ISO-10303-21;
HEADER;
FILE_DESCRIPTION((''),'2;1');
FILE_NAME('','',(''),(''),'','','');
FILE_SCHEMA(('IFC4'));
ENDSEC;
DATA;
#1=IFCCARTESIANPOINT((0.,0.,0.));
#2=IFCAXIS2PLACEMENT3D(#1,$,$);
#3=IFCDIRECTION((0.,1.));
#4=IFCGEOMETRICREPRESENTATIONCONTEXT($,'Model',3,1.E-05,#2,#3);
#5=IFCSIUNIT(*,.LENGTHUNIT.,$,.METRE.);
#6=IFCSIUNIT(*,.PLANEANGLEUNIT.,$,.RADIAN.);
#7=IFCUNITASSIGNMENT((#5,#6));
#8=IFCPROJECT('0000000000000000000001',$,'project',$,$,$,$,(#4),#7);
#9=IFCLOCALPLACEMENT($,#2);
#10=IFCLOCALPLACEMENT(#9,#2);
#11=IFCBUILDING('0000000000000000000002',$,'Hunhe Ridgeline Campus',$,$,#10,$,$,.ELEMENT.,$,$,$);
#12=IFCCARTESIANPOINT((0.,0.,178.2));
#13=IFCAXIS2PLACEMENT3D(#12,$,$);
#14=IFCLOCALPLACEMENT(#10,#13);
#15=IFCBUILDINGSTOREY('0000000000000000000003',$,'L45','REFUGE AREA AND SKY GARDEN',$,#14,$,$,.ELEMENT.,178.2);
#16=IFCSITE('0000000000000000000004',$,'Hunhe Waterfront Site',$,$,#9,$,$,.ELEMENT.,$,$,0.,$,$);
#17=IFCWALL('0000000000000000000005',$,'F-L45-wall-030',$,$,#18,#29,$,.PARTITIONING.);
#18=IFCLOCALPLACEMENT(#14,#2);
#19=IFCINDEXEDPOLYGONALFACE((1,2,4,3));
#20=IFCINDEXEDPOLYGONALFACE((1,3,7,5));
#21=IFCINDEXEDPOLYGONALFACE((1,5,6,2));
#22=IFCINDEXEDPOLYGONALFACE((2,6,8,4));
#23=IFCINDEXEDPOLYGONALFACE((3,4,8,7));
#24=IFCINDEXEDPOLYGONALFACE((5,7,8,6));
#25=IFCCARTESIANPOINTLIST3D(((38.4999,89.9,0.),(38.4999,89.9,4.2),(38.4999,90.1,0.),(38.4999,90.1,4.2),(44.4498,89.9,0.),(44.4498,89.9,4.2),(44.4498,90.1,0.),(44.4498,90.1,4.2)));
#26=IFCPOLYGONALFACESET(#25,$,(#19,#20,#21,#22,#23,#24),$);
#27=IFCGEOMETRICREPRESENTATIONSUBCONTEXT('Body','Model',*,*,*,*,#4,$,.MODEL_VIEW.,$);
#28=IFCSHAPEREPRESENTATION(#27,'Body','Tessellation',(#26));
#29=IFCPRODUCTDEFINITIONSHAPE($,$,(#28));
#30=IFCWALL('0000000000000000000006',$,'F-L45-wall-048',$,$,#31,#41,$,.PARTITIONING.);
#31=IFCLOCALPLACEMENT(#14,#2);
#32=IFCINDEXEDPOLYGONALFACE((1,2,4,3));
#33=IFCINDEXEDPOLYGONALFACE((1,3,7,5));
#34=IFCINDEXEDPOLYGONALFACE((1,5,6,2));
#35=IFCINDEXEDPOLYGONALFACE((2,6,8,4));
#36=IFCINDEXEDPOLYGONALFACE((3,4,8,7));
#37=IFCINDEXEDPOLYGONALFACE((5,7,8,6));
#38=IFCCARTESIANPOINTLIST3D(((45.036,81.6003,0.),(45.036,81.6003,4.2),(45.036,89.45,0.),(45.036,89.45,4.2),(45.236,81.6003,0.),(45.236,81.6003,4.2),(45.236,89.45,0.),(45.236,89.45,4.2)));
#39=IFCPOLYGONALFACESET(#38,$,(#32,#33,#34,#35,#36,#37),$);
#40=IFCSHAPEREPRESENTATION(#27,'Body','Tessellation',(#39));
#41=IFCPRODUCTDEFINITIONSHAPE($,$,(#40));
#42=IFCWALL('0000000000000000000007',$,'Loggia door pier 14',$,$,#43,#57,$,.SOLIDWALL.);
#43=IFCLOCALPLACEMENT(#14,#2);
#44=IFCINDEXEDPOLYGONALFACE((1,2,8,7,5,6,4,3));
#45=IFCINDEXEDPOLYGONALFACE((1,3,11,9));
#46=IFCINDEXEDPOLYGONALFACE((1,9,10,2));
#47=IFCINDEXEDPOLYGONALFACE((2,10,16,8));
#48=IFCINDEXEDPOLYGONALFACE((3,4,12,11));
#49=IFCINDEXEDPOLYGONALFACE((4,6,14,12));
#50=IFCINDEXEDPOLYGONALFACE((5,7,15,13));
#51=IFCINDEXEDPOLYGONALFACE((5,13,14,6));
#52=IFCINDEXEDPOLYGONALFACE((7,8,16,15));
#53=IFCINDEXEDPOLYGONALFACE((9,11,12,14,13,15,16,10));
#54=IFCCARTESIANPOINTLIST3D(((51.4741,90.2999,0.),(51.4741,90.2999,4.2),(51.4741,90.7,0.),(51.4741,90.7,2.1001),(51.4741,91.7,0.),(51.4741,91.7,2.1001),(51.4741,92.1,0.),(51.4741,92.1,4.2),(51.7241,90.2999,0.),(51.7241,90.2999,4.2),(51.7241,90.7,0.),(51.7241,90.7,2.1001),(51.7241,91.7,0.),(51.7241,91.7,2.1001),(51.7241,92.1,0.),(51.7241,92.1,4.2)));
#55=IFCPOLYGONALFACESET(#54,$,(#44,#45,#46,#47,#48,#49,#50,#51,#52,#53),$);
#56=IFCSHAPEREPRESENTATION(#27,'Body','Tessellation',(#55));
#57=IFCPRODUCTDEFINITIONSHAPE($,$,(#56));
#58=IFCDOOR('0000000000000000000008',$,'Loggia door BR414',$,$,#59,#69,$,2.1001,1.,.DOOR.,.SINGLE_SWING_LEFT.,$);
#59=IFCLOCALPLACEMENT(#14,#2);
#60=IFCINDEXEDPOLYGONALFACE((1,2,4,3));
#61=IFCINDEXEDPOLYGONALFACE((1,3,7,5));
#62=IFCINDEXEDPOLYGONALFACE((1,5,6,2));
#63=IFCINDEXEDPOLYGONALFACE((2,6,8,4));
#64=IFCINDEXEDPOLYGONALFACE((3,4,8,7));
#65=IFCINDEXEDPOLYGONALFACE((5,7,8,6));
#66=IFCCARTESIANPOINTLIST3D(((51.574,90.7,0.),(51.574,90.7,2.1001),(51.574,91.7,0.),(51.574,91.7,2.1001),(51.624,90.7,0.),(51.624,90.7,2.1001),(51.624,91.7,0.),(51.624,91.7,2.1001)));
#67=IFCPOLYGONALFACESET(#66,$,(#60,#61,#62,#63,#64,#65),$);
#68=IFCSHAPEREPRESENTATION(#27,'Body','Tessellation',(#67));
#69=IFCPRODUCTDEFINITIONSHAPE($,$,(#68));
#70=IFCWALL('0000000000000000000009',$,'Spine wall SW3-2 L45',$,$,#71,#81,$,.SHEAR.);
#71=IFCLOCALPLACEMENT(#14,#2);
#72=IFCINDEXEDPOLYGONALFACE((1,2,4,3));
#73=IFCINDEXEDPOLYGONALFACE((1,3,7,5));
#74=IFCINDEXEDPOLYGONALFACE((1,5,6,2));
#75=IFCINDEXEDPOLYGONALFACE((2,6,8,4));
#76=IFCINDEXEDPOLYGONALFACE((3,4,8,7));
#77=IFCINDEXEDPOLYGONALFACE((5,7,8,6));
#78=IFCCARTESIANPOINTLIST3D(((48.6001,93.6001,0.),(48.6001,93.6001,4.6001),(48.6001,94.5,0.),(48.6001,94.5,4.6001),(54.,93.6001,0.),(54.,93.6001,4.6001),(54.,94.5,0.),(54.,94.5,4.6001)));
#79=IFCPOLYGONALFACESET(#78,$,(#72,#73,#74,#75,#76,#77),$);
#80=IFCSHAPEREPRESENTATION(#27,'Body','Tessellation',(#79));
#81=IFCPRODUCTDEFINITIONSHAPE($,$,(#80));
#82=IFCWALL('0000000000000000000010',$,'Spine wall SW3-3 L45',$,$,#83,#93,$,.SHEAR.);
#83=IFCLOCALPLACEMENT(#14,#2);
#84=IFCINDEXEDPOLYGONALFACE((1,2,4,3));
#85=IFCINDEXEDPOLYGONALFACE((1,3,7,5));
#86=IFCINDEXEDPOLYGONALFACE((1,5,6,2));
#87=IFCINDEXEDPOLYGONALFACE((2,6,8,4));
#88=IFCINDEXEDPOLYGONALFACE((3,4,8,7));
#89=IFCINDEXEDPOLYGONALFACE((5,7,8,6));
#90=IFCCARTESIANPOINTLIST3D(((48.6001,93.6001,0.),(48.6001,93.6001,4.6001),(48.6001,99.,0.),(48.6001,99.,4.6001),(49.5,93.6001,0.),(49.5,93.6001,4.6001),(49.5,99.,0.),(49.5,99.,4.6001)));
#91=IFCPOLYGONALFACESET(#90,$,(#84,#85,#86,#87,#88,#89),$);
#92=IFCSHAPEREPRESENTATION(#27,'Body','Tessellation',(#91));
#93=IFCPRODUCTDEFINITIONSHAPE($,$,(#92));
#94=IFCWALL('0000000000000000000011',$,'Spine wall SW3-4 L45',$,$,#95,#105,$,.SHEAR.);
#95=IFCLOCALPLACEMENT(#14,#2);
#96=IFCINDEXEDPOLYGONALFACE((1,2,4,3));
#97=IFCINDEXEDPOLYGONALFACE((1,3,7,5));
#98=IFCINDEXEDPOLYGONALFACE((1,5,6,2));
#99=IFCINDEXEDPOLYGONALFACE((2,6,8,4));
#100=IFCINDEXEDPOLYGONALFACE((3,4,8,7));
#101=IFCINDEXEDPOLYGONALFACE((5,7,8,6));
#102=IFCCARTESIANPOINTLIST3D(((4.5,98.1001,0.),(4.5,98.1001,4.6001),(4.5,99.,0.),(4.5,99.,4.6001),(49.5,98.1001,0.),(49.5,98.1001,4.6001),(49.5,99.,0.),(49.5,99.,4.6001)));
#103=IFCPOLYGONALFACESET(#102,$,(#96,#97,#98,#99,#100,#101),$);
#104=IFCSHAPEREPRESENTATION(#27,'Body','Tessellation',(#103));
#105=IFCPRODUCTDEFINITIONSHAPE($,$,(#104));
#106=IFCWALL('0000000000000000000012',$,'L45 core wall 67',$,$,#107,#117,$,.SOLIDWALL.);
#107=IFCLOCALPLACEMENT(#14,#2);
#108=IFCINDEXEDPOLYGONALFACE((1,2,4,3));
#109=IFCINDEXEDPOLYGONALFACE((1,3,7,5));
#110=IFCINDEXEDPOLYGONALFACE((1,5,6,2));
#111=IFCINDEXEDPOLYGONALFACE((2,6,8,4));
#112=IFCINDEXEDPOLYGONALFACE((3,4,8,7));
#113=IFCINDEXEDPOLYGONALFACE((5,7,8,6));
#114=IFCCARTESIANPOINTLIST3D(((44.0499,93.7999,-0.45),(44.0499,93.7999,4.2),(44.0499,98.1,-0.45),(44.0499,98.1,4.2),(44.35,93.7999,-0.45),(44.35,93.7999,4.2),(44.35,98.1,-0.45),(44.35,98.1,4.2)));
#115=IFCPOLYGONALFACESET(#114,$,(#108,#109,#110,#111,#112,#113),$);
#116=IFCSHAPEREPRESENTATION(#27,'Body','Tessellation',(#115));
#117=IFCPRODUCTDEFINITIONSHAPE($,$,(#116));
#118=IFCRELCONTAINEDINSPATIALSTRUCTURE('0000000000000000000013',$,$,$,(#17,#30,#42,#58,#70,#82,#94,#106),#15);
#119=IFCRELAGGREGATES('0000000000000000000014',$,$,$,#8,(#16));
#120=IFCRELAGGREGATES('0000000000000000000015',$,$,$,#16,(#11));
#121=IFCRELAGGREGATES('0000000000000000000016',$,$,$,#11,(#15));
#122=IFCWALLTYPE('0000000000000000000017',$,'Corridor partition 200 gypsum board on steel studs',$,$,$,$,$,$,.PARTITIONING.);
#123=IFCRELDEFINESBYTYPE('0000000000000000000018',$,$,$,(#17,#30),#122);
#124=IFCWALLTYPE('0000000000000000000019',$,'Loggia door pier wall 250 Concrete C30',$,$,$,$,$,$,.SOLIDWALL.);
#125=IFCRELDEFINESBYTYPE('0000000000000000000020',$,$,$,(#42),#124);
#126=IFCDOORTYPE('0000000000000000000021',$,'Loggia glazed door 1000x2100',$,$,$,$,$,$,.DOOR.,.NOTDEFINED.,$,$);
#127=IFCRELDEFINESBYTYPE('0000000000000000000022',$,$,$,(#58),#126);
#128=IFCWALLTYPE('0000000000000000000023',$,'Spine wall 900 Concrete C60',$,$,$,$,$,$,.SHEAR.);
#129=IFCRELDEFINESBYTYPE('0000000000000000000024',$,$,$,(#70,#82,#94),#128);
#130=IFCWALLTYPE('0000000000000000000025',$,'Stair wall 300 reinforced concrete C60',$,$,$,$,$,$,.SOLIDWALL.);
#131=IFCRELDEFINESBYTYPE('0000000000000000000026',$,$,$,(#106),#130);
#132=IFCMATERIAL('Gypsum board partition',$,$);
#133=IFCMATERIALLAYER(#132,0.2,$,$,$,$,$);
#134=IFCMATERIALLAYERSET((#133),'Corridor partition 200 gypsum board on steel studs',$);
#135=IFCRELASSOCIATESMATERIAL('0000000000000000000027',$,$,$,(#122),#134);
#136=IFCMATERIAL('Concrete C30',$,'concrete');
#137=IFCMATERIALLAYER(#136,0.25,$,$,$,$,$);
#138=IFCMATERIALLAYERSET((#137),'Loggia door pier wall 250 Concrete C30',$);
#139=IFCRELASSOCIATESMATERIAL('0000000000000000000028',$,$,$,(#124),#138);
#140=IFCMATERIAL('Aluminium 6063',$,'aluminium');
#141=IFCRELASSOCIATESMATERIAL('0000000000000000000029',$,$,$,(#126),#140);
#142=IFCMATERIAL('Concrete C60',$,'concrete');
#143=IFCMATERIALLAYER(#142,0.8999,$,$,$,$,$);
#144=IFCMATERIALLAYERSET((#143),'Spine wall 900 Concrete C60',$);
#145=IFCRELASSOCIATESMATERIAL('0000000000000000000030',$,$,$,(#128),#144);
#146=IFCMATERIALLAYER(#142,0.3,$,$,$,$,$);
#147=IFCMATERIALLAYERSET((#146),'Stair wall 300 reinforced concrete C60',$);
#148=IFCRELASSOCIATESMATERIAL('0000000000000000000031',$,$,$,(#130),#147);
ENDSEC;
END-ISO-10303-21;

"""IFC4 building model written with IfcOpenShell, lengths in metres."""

from ifc_helpers import new_model, si_unit, direction, frame, frame_2d, origin, place, context, subcontext, project, spatial, rectangle, extrude, material, layer, layer_set, type_object, element, fill, save


model = new_model("IFC4")

# Units and contexts
model_context = context("Model", 3, precision=1e-05, world=origin(), true_north=direction((0.0, 1.0)))
body_context = subcontext(model_context, "Body", "Model", "MODEL_VIEW")
ifc_project = project(units=[si_unit("LENGTHUNIT", "METRE"), si_unit("PLANEANGLEUNIT", "RADIAN")], contexts=[model_context])

# Site, building, storey
site_placement = place(None, origin())
site = spatial("IfcSite", under=ifc_project, at=site_placement, Name="Hunhe Waterfront Site", CompositionType="ELEMENT", RefElevation=0.0)
building_placement = place(site_placement, origin())
building = spatial("IfcBuilding", under=site, at=building_placement, Name="Hunhe Ridgeline Campus", CompositionType="ELEMENT")
storey_placement = place(building_placement, frame((0.0, 0.0, 178.2)))
storey = spatial("IfcBuildingStorey", under=building, at=storey_placement, Name="L45", Description="REFUGE AREA AND SKY GARDEN", CompositionType="ELEMENT", Elevation=178.2)

# Shared definitions
ifc_material_1 = material(Name="Aluminium 6063", Category="aluminium")

# Shared definitions
ifc_material_2 = material(Name="Gypsum board partition")
ifc_layer_1 = layer(ifc_material_2, 0.2)
ifc_layer_set_1 = layer_set([ifc_layer_1], Name="Corridor partition 200 gypsum board on steel studs")
wall_type_1 = type_object("IfcWallType", Name="Corridor partition 200 gypsum board on steel studs", PredefinedType="PARTITIONING", material=ifc_layer_set_1)

# Wall
wall_1_placement = place(storey_placement, frame((44.45, 90.0, 0.0), z_axis=(0.0, 0.0, 1.0), x_axis=(-1.0, 0.0, 0.0)))
element("IfcWall", 1, at=wall_1_placement, inside=storey, type_object=wall_type_1, Name="F-L45-wall-030", PredefinedType="PARTITIONING", context=body_context, shape_type="SweptSolid", body=[
    extrude(rectangle(XDim=5.95, YDim=0.2, at=frame_2d((2.9751, 0.0))), origin(), (0.0, 0.0, 1.0), 4.2),
])

# Wall
wall_2_placement = place(storey_placement, frame((45.136, 89.45, 0.0), z_axis=(0.0, 0.0, 1.0), x_axis=(0.0, -1.0, 0.0)))
element("IfcWall", 2, at=wall_2_placement, inside=storey, type_object=wall_type_1, Name="F-L45-wall-048", PredefinedType="PARTITIONING", context=body_context, shape_type="SweptSolid", body=[
    extrude(rectangle(XDim=7.8496, YDim=0.2, at=frame_2d((3.9248, 0.0))), origin(), (0.0, 0.0, 1.0), 4.2),
])

# Wall, opening, door
ifc_material_3 = material(Name="Concrete C30", Category="concrete")
ifc_layer_2 = layer(ifc_material_3, 0.25)
ifc_layer_set_2 = layer_set([ifc_layer_2], Name="Loggia door pier wall 250 Concrete C30")
wall_type_2 = type_object("IfcWallType", Name="Loggia door pier wall 250 Concrete C30", PredefinedType="SOLIDWALL", material=ifc_layer_set_2)
wall_3_placement = place(storey_placement, frame((51.5991, 90.3, 0.0), z_axis=(0.0, 0.0, 1.0), x_axis=(0.0, 1.0, 0.0)))
wall_3 = element("IfcWall", 3, at=wall_3_placement, inside=storey, type_object=wall_type_2, Name="Loggia door pier 14", PredefinedType="SOLIDWALL", context=body_context, shape_type="SweptSolid", body=[
    extrude(rectangle(XDim=1.8, YDim=0.25, at=frame_2d((0.8999, 0.0))), origin(), (0.0, 0.0, 1.0), 4.2),
])
opening_1_placement = place(wall_3_placement, frame((0.3999, 0.0, 0.0)))
opening_1 = element("IfcOpeningElement", 4, at=opening_1_placement, cuts=wall_3, PredefinedType="OPENING", context=body_context, shape_type="SweptSolid", body=[
    extrude(rectangle(XDim=1.0, YDim=2.1001, at=frame_2d((0.5, 1.05))), frame((0.0, 0.125, 0.0), z_axis=(0.0, -1.0, 0.0), x_axis=(1.0, 0.0, 0.0)), (0.0, 0.0, 1.0), 0.25),
])
door_type_1 = type_object("IfcDoorType", Name="Loggia glazed door 1000x2100", OperationType="NOTDEFINED", PredefinedType="DOOR", material=ifc_material_1)
door_1_placement = place(opening_1_placement, frame((1.0, 0.0, 0.0), z_axis=(0.0, 0.0, 1.0), x_axis=(-1.0, 0.0, 0.0)))
door_1 = element("IfcDoor", 5, at=door_1_placement, inside=storey, type_object=door_type_1, Name="Loggia door BR414", OperationType="SINGLE_SWING_LEFT", OverallHeight=2.1001, OverallWidth=1.0, PredefinedType="DOOR", context=body_context, shape_type="SweptSolid", body=[
    extrude(rectangle(XDim=1.0, YDim=2.1001, at=frame_2d((0.5, 1.05))), frame((0.0, 0.0249, 0.0), z_axis=(0.0, -1.0, 0.0), x_axis=(1.0, 0.0, 0.0)), (0.0, 0.0, 1.0), 0.05),
])
fill(opening_1, door_1)

# Walls
ifc_material_4 = material(Name="Concrete C60", Category="concrete")
ifc_layer_3 = layer(ifc_material_4, 0.8999)
ifc_layer_set_3 = layer_set([ifc_layer_3], Name="Spine wall 900 Concrete C60")
wall_type_3 = type_object("IfcWallType", Name="Spine wall 900 Concrete C60", PredefinedType="SHEAR", material=ifc_layer_set_3)
for number, where, z_axis, x_axis, name in (
    (6, (54.0, 94.05, 0.0), (0.0, 0.0, 1.0), (-1.0, 0.0, 0.0), "Spine wall SW3-2 L45"),
    (7, (49.05, 93.6001, 0.0), (0.0, 0.0, 1.0), (0.0, 1.0, 0.0), "Spine wall SW3-3 L45"),
):
    element("IfcWall", number, at=place(storey_placement, frame(where, z_axis=z_axis, x_axis=x_axis)), inside=storey, type_object=wall_type_3, Name=name, PredefinedType="SHEAR", context=body_context, shape_type="SweptSolid", body=[
        extrude(rectangle(XDim=5.3999, YDim=0.8999, at=frame_2d((2.7, 0.0))), origin(), (0.0, 0.0, 1.0), 4.6001),
    ])
wall_4_placement = place(storey_placement, frame((49.5, 98.55, 0.0), z_axis=(0.0, 0.0, 1.0), x_axis=(-1.0, 0.0, 0.0)))
element("IfcWall", 8, at=wall_4_placement, inside=storey, type_object=wall_type_3, Name="Spine wall SW3-4 L45", PredefinedType="SHEAR", context=body_context, shape_type="SweptSolid", body=[
    extrude(rectangle(XDim=45.0, YDim=0.8999, at=frame_2d((22.5, 0.0))), origin(), (0.0, 0.0, 1.0), 4.6001),
])
ifc_layer_4 = layer(ifc_material_4, 0.3)
ifc_layer_set_4 = layer_set([ifc_layer_4], Name="Stair wall 300 reinforced concrete C60")
wall_type_4 = type_object("IfcWallType", Name="Stair wall 300 reinforced concrete C60", PredefinedType="SOLIDWALL", material=ifc_layer_set_4)
wall_5_placement = place(storey_placement, frame((44.2, 93.8, -0.45), z_axis=(0.0, 0.0, 1.0), x_axis=(0.0, 1.0, 0.0)))
element("IfcWall", 9, at=wall_5_placement, inside=storey, type_object=wall_type_4, Name="L45 core wall 67", PredefinedType="SOLIDWALL", context=body_context, shape_type="SweptSolid", body=[
    extrude(rectangle(XDim=4.3, YDim=0.3, at=frame_2d((2.1499, 0.0))), origin(), (0.0, 0.0, 1.0), 4.6499),
])

save(model, "model.ifc")
